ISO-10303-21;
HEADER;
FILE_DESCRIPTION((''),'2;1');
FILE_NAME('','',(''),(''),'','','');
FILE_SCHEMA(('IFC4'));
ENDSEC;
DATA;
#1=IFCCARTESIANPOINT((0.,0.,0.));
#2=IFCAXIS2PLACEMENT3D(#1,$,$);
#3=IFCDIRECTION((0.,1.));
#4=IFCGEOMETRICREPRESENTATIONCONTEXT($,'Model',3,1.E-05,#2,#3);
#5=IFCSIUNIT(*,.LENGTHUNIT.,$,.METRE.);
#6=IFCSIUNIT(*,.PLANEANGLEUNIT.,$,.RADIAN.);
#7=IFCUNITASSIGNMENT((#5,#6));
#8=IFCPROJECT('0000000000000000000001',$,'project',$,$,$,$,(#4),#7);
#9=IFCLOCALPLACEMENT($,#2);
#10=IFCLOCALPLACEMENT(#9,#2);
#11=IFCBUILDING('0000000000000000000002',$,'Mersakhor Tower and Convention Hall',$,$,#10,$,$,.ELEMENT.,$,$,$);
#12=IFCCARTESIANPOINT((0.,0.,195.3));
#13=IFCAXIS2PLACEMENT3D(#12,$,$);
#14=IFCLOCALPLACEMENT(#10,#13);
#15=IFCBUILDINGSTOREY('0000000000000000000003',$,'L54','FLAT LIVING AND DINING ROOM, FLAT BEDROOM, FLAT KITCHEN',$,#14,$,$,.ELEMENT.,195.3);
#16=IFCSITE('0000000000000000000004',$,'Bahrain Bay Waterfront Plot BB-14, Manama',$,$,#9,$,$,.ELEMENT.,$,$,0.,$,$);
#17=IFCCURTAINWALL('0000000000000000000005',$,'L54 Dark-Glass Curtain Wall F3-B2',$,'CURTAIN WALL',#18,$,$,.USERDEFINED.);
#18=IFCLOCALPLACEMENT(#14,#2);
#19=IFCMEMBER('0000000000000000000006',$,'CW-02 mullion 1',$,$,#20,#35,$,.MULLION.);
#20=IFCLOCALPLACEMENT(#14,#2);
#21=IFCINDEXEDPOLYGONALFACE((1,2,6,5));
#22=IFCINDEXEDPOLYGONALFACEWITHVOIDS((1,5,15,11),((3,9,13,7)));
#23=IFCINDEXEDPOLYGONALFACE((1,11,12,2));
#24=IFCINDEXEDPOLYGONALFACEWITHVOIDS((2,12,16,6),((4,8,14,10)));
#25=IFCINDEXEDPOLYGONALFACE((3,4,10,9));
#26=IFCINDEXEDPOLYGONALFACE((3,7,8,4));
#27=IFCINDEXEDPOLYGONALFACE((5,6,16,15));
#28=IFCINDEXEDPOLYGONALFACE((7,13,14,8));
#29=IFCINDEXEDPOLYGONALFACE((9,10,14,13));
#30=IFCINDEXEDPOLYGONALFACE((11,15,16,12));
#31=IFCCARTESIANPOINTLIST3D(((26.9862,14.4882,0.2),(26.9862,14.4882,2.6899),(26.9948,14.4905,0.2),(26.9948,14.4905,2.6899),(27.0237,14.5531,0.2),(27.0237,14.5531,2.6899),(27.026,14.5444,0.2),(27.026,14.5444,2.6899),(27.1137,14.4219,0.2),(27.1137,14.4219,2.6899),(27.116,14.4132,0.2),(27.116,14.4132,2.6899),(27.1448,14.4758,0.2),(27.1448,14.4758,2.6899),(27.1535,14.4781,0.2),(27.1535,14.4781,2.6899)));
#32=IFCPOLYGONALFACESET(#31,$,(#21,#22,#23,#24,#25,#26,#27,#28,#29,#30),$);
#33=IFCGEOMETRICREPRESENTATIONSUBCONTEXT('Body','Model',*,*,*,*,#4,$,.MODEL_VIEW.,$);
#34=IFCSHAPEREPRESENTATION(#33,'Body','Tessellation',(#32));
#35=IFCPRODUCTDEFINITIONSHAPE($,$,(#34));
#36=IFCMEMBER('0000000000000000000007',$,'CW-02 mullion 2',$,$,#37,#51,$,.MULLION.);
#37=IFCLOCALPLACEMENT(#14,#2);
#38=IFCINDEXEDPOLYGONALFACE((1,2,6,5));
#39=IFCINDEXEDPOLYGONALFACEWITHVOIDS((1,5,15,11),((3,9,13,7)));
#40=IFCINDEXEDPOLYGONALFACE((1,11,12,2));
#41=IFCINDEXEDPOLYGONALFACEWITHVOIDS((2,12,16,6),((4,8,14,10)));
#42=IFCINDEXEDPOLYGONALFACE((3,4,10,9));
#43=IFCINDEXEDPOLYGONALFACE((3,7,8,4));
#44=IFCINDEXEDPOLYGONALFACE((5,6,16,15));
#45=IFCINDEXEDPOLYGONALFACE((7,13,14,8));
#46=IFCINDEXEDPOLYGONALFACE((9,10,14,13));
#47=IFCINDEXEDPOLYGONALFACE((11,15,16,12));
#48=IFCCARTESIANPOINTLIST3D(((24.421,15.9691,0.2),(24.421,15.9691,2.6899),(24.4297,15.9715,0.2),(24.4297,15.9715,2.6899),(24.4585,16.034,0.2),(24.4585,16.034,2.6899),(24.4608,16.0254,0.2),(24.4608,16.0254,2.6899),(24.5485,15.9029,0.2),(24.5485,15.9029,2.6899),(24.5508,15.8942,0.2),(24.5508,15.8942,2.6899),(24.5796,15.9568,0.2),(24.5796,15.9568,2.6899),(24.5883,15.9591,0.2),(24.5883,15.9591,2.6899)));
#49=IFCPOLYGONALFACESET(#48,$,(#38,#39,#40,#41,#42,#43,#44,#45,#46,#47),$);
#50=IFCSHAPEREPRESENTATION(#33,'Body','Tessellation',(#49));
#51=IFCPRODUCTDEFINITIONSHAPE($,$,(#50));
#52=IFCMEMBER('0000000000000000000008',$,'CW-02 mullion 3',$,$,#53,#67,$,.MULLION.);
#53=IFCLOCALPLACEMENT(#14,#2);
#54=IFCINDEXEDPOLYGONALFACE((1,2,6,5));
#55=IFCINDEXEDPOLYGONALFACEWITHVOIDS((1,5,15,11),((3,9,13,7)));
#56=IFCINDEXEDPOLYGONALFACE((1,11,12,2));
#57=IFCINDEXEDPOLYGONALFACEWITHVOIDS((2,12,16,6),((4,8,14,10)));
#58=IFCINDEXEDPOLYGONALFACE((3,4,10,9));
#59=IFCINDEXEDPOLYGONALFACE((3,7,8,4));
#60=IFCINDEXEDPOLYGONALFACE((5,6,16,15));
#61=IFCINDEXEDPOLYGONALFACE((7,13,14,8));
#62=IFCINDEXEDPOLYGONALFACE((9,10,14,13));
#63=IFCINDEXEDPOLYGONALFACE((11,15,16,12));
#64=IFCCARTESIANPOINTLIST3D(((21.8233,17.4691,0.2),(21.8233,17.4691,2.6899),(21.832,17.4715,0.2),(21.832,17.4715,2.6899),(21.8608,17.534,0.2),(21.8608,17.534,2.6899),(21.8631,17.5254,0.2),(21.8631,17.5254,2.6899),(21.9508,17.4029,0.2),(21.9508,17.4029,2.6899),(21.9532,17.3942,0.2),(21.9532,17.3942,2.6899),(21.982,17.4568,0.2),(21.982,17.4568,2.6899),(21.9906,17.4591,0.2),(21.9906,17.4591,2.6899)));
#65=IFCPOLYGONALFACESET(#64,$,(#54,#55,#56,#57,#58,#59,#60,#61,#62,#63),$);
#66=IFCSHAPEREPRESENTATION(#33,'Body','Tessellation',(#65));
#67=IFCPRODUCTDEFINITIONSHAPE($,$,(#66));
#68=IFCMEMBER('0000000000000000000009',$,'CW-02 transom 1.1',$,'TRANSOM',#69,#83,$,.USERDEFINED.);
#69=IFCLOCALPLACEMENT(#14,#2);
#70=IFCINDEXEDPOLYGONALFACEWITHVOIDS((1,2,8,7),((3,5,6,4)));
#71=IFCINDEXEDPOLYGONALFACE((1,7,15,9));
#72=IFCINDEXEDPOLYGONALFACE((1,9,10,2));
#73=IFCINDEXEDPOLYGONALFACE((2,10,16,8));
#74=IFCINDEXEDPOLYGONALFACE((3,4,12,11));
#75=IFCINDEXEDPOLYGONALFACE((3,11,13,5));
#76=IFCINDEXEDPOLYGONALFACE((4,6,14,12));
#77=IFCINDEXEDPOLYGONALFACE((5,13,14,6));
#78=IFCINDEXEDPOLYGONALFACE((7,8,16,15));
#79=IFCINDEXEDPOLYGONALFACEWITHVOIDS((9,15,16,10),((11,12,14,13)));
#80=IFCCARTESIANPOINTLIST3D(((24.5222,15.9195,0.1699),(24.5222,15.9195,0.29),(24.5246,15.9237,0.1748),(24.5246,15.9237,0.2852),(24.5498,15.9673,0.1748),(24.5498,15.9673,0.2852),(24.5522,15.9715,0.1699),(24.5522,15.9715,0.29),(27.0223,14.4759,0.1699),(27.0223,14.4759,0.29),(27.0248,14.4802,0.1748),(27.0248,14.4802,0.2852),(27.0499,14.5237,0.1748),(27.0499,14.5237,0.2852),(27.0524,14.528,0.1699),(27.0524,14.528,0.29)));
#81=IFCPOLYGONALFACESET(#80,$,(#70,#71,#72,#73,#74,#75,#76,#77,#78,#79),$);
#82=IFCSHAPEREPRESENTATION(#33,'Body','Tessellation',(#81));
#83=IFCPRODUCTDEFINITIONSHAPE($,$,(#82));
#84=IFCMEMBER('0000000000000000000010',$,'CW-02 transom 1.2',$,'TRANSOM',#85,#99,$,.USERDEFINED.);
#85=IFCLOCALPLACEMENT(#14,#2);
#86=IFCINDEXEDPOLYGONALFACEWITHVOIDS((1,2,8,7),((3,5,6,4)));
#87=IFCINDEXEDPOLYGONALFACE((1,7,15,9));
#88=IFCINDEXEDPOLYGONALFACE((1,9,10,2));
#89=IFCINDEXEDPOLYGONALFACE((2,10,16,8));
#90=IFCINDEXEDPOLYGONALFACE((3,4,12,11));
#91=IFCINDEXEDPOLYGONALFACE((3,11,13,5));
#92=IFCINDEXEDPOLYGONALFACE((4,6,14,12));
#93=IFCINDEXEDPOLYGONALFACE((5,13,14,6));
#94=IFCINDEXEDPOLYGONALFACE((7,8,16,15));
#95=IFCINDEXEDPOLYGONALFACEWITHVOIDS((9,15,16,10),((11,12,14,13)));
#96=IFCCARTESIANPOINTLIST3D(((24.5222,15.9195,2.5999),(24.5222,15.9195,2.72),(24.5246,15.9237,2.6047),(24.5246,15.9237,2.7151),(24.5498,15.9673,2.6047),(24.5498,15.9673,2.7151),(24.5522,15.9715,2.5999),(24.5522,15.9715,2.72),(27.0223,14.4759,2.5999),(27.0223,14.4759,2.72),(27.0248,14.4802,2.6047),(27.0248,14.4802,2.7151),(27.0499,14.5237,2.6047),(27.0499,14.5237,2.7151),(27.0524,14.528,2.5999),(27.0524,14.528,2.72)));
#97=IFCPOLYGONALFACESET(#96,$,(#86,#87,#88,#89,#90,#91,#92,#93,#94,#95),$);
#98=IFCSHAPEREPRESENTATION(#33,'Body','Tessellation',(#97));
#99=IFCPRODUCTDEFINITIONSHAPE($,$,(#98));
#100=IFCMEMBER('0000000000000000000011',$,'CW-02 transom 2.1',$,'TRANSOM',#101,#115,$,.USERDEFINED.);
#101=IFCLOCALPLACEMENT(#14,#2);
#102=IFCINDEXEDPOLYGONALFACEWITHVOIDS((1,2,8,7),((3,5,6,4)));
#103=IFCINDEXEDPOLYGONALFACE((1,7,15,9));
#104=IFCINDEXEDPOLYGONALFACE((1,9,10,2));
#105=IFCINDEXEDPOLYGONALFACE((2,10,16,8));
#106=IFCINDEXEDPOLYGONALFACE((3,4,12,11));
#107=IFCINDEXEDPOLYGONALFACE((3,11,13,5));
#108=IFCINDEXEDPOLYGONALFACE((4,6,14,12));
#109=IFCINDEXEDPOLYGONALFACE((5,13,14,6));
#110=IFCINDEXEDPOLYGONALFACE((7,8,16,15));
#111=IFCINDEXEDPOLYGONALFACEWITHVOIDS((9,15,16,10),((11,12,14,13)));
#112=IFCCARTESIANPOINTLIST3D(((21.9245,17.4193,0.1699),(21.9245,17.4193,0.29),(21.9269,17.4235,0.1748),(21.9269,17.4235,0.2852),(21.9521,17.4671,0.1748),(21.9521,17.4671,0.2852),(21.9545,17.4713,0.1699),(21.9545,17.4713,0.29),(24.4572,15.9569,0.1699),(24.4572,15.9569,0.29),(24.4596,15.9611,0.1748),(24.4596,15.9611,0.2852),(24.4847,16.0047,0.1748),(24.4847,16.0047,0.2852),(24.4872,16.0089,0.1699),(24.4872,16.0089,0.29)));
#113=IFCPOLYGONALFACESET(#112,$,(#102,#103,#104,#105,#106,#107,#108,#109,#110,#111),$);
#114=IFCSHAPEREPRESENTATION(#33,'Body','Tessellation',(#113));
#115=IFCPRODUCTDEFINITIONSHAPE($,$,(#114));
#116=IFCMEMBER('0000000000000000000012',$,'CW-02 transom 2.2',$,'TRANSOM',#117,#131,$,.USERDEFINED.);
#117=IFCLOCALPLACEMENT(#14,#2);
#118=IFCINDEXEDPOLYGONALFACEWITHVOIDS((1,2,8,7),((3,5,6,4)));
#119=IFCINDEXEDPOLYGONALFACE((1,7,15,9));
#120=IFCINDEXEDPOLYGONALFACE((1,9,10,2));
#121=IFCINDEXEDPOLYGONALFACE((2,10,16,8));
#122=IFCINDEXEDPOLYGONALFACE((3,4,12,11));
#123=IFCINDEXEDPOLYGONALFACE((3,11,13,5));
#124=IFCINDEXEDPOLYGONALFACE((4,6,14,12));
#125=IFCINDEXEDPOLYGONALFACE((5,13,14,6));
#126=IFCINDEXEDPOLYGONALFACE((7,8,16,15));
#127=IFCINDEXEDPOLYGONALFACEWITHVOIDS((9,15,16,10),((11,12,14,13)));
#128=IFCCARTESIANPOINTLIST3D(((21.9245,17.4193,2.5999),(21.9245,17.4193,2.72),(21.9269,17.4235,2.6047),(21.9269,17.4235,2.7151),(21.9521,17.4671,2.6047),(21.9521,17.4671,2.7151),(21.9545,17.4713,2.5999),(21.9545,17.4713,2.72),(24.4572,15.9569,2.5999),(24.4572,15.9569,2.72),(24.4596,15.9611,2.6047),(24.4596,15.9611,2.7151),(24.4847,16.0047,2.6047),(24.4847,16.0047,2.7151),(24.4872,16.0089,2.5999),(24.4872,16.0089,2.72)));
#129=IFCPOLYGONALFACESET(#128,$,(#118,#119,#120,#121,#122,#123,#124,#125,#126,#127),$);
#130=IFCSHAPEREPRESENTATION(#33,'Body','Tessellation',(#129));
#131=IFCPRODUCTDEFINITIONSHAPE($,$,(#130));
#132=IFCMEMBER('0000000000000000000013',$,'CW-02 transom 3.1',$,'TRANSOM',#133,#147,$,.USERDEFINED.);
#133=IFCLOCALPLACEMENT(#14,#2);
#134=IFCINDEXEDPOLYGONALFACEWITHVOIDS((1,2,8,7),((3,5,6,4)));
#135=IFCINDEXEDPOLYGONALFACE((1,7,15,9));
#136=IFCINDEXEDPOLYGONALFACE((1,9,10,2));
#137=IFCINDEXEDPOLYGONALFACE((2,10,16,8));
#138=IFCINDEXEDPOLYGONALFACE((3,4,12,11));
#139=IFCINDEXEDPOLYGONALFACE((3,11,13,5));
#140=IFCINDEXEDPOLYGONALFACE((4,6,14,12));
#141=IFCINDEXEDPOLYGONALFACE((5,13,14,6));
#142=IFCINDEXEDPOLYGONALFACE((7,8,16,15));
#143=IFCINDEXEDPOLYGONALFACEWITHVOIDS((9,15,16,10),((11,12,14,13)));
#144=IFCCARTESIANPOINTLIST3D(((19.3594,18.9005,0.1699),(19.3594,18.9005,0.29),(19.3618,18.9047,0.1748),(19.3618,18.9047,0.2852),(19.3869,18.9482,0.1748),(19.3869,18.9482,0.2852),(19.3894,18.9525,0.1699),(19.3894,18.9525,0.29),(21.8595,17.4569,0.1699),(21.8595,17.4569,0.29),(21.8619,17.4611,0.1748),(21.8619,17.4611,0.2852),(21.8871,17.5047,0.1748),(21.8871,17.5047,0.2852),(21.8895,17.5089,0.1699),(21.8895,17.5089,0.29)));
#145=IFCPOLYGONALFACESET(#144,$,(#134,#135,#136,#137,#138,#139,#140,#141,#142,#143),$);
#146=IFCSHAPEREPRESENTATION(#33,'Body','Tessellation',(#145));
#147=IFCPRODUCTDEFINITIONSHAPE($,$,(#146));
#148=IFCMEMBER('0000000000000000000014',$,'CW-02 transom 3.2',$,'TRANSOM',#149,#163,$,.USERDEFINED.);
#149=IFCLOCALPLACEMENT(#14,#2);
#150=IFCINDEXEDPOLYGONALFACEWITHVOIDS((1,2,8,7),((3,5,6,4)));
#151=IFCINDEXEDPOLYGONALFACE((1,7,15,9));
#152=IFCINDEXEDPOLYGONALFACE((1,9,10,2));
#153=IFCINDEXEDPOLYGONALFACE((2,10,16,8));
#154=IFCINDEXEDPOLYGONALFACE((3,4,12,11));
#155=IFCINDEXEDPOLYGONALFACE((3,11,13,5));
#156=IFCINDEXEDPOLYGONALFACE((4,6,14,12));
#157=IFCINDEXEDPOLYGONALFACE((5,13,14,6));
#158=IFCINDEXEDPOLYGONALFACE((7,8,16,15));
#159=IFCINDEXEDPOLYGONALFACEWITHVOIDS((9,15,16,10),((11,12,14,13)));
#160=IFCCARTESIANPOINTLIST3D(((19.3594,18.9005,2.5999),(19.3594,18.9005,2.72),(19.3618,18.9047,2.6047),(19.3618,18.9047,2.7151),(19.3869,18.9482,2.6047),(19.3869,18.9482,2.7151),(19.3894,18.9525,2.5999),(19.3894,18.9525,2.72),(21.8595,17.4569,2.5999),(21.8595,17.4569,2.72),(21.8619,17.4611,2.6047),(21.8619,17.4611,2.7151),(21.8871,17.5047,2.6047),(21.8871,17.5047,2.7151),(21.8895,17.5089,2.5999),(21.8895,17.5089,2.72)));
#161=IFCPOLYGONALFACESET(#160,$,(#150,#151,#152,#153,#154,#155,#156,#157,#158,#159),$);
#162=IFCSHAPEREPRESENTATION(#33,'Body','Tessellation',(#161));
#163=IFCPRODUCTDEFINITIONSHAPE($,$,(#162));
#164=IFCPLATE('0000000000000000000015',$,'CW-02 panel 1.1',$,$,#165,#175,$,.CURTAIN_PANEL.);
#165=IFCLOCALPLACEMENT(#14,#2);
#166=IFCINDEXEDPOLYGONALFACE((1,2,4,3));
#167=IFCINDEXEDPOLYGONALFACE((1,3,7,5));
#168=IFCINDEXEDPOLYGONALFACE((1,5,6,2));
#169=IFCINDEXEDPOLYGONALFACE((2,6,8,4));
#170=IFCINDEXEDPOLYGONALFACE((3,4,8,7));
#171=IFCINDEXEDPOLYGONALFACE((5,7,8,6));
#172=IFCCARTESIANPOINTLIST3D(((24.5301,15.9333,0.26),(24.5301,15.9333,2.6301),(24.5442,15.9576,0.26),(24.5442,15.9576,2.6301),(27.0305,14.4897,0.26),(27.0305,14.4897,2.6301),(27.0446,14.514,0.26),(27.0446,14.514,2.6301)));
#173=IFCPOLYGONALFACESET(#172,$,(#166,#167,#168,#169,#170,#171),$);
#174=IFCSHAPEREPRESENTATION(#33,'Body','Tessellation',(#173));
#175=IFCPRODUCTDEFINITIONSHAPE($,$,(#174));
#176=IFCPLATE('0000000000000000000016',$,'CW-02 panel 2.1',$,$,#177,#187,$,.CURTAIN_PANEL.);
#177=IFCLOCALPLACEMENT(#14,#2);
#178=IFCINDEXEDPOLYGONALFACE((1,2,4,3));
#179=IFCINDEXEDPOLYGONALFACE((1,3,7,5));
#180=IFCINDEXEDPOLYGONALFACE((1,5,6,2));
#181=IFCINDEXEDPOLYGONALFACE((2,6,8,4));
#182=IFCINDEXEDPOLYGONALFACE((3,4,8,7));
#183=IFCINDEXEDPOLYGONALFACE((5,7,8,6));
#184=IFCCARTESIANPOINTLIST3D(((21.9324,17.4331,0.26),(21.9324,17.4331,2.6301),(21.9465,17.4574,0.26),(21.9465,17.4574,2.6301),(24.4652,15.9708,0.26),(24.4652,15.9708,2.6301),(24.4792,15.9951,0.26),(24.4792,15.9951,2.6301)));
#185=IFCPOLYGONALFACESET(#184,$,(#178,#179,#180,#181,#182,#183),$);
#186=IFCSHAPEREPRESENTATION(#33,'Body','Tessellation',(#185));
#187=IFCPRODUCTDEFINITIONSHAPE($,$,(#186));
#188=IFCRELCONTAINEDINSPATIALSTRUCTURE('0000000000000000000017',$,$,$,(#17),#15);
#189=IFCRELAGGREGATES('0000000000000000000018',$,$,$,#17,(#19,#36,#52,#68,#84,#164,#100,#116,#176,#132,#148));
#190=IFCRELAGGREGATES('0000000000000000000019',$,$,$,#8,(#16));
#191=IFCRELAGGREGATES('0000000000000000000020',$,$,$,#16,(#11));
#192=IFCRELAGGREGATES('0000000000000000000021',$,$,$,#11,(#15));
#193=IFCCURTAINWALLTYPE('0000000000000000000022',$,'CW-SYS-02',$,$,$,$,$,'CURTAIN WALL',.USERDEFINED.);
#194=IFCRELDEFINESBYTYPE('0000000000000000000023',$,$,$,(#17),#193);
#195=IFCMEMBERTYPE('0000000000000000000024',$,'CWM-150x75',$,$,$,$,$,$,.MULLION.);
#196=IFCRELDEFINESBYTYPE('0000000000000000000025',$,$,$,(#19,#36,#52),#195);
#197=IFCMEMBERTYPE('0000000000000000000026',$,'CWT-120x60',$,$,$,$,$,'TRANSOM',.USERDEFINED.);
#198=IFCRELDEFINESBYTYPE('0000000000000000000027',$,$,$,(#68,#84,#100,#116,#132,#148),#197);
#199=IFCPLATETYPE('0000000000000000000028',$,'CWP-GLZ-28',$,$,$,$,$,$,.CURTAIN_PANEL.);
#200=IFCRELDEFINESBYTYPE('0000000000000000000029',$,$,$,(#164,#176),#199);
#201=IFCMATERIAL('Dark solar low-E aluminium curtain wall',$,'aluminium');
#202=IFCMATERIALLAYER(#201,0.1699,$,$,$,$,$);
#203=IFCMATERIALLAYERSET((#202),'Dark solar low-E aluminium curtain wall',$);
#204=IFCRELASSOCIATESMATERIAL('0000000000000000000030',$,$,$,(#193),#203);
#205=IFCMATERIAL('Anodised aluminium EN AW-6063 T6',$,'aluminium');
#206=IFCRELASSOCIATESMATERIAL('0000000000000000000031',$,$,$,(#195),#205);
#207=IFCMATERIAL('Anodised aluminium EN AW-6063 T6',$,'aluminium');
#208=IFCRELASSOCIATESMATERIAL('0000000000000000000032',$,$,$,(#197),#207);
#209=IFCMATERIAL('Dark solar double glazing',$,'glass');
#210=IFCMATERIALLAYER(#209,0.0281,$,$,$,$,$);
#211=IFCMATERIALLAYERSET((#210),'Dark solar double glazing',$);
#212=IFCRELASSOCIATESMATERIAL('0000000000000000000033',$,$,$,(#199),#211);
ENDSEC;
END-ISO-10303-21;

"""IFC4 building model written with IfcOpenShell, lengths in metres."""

from ifc_helpers import new_model, si_unit, direction, frame, origin, origin_2d, place, context, subcontext, project, spatial, rectangle, hollow_rectangle, extrude, material, layer, layer_set, material_profile, profile_set, type_object, element, aggregate, save


model = new_model("IFC4")

# Units and contexts
model_context = context("Model", 3, precision=1e-05, world=origin(), true_north=direction((0.0, 1.0)))
body_context = subcontext(model_context, "Body", "Model", "MODEL_VIEW")
ifc_project = project(units=[si_unit("LENGTHUNIT", "METRE"), si_unit("PLANEANGLEUNIT", "RADIAN")], contexts=[model_context])

# Site, building, storey
site_placement = place(None, origin())
site = spatial("IfcSite", under=ifc_project, at=site_placement, Name="Bahrain Bay Waterfront Plot BB-14, Manama", CompositionType="ELEMENT", RefElevation=0.0)
building_placement = place(site_placement, origin())
building = spatial("IfcBuilding", under=site, at=building_placement, Name="Mersakhor Tower and Convention Hall", CompositionType="ELEMENT")
storey_placement = place(building_placement, frame((0.0, 0.0, 195.3)))
storey = spatial("IfcBuildingStorey", under=building, at=storey_placement, Name="L54", Description="FLAT LIVING AND DINING ROOM, FLAT BEDROOM, FLAT KITCHEN", CompositionType="ELEMENT", Elevation=195.3)

# Curtain wall, members, plates
ifc_material_1 = material(Name="Dark solar low-E aluminium curtain wall", Category="aluminium")
ifc_layer_1 = layer(ifc_material_1, 0.1699)
ifc_layer_set_1 = layer_set([ifc_layer_1], Name="Dark solar low-E aluminium curtain wall")
curtain_wall_type = type_object("IfcCurtainWallType", Name="CW-SYS-02", ElementType="CURTAIN WALL", PredefinedType="USERDEFINED", material=ifc_layer_set_1)
curtain_wall_placement = place(storey_placement, origin())
curtain_wall = element("IfcCurtainWall", 1, at=curtain_wall_placement, inside=storey, type_object=curtain_wall_type, Name="L54 Dark-Glass Curtain Wall F3-B2", ObjectType="CURTAIN WALL", PredefinedType="USERDEFINED")
ifc_material_2 = material(Name="Anodised aluminium EN AW-6063 T6", Category="aluminium")
ifc_material_profile_1 = material_profile(ifc_material_2, hollow_rectangle(XDim=0.075, YDim=0.1499, WallThickness=0.0063, at=origin_2d()), Name="RHS 150x75x6.3")
ifc_profile_set_1 = profile_set([ifc_material_profile_1], Name="Anodised aluminium EN AW-6063 T6")
member_type_1 = type_object("IfcMemberType", Name="CWM-150x75", PredefinedType="MULLION", material=ifc_profile_set_1)
member_1_placement = place(storey_placement, frame((27.0698, 14.4832, 0.2), z_axis=(0.0, 0.0, 1.0), x_axis=(-0.500008, -0.866021, 0.0)))
member_1 = element("IfcMember", 2, at=member_1_placement, type_object=member_type_1, Name="CW-02 mullion 1", PredefinedType="MULLION", context=body_context, shape_type="SweptSolid", body=[
    extrude(hollow_rectangle(XDim=0.075, YDim=0.1499, WallThickness=0.0063, at=origin_2d()), origin(), (0.0, 0.0, 1.0), 2.49),
])
member_2_placement = place(storey_placement, frame((24.5046, 15.9641, 0.2), z_axis=(0.0, 0.0, 1.0), x_axis=(-0.500008, -0.866021, 0.0)))
member_2 = element("IfcMember", 3, at=member_2_placement, type_object=member_type_1, Name="CW-02 mullion 2", PredefinedType="MULLION", context=body_context, shape_type="SweptSolid", body=[
    extrude(hollow_rectangle(XDim=0.075, YDim=0.1499, WallThickness=0.0063, at=origin_2d()), origin(), (0.0, 0.0, 1.0), 2.49),
])
member_3_placement = place(storey_placement, frame((21.907, 17.4641, 0.2), z_axis=(0.0, 0.0, 1.0), x_axis=(-0.500008, -0.866021, 0.0)))
member_3 = element("IfcMember", 4, at=member_3_placement, type_object=member_type_1, Name="CW-02 mullion 3", PredefinedType="MULLION", context=body_context, shape_type="SweptSolid", body=[
    extrude(hollow_rectangle(XDim=0.075, YDim=0.1499, WallThickness=0.0063, at=origin_2d()), origin(), (0.0, 0.0, 1.0), 2.49),
])
ifc_material_3 = material(Name="Anodised aluminium EN AW-6063 T6", Category="aluminium")
ifc_material_profile_2 = material_profile(ifc_material_3, hollow_rectangle(XDim=0.0601, YDim=0.1201, WallThickness=0.0049, at=origin_2d()), Name="RHS 120x60x5")
ifc_profile_set_2 = profile_set([ifc_material_profile_2], Name="Anodised aluminium EN AW-6063 T6")
member_type_2 = type_object("IfcMemberType", Name="CWT-120x60", ElementType="TRANSOM", PredefinedType="USERDEFINED", material=ifc_profile_set_2)
member_4_placement = place(storey_placement, frame((27.0374, 14.502, 0.23), z_axis=(-0.866012, 0.500023, 0.0), x_axis=(-0.500023, -0.866012, 0.0)))
member_4 = element("IfcMember", 5, at=member_4_placement, type_object=member_type_2, Name="CW-02 transom 1.1", ObjectType="TRANSOM", PredefinedType="USERDEFINED", context=body_context, shape_type="SweptSolid", body=[
    extrude(hollow_rectangle(XDim=0.0601, YDim=0.1201, WallThickness=0.0049, at=origin_2d()), origin(), (0.0, 0.0, 1.0), 2.887),
])
member_5_placement = place(storey_placement, frame((27.0374, 14.502, 2.6599), z_axis=(-0.866012, 0.500023, 0.0), x_axis=(-0.500023, -0.866012, 0.0)))
member_5 = element("IfcMember", 6, at=member_5_placement, type_object=member_type_2, Name="CW-02 transom 1.2", ObjectType="TRANSOM", PredefinedType="USERDEFINED", context=body_context, shape_type="SweptSolid", body=[
    extrude(hollow_rectangle(XDim=0.0601, YDim=0.1201, WallThickness=0.0049, at=origin_2d()), origin(), (0.0, 0.0, 1.0), 2.887),
])
member_6_placement = place(storey_placement, frame((24.4722, 15.9829, 0.23), z_axis=(-0.866005, 0.500036, 0.0), x_axis=(-0.500036, -0.866005, 0.0)))
member_6 = element("IfcMember", 7, at=member_6_placement, type_object=member_type_2, Name="CW-02 transom 2.1", ObjectType="TRANSOM", PredefinedType="USERDEFINED", context=body_context, shape_type="SweptSolid", body=[
    extrude(hollow_rectangle(XDim=0.0601, YDim=0.1201, WallThickness=0.0049, at=origin_2d()), origin(), (0.0, 0.0, 1.0), 2.9246),
])
member_7_placement = place(storey_placement, frame((24.4722, 15.9829, 2.6599), z_axis=(-0.866005, 0.500036, 0.0), x_axis=(-0.500036, -0.866005, 0.0)))
member_7 = element("IfcMember", 8, at=member_7_placement, type_object=member_type_2, Name="CW-02 transom 2.2", ObjectType="TRANSOM", PredefinedType="USERDEFINED", context=body_context, shape_type="SweptSolid", body=[
    extrude(hollow_rectangle(XDim=0.0601, YDim=0.1201, WallThickness=0.0049, at=origin_2d()), origin(), (0.0, 0.0, 1.0), 2.9246),
])
member_8_placement = place(storey_placement, frame((21.8745, 17.4829, 0.23), z_axis=(-0.866012, 0.500023, 0.0), x_axis=(-0.500023, -0.866012, 0.0)))
member_8 = element("IfcMember", 9, at=member_8_placement, type_object=member_type_2, Name="CW-02 transom 3.1", ObjectType="TRANSOM", PredefinedType="USERDEFINED", context=body_context, shape_type="SweptSolid", body=[
    extrude(hollow_rectangle(XDim=0.0601, YDim=0.1201, WallThickness=0.0049, at=origin_2d()), origin(), (0.0, 0.0, 1.0), 2.887),
])
member_9_placement = place(storey_placement, frame((21.8745, 17.4829, 2.6599), z_axis=(-0.866012, 0.500023, 0.0), x_axis=(-0.500023, -0.866012, 0.0)))
member_9 = element("IfcMember", 10, at=member_9_placement, type_object=member_type_2, Name="CW-02 transom 3.2", ObjectType="TRANSOM", PredefinedType="USERDEFINED", context=body_context, shape_type="SweptSolid", body=[
    extrude(hollow_rectangle(XDim=0.0601, YDim=0.1201, WallThickness=0.0049, at=origin_2d()), origin(), (0.0, 0.0, 1.0), 2.887),
])
ifc_material_4 = material(Name="Dark solar double glazing", Category="glass")
ifc_layer_2 = layer(ifc_material_4, 0.0281)
ifc_layer_set_2 = layer_set([ifc_layer_2], Name="Dark solar double glazing")
plate_type_1 = type_object("IfcPlateType", Name="CWP-GLZ-28", PredefinedType="CURTAIN_PANEL", material=ifc_layer_set_2)
plate_1_placement = place(storey_placement, frame((25.7874, 15.2236, 0.26), z_axis=(0.0, 0.0, 1.0), x_axis=(-0.866021, 0.500008, 0.0)))
plate_1 = element("IfcPlate", 11, at=plate_1_placement, type_object=plate_type_1, Name="CW-02 panel 1.1", PredefinedType="CURTAIN_PANEL", context=body_context, shape_type="SweptSolid", body=[
    extrude(rectangle(XDim=2.8872, YDim=0.0281, at=origin_2d()), origin(), (0.0, 0.0, 1.0), 2.3701),
])
plate_2_placement = place(storey_placement, frame((23.2058, 16.7141, 0.26), z_axis=(0.0, 0.0, 1.0), x_axis=(-0.866021, 0.500008, 0.0)))
plate_2 = element("IfcPlate", 12, at=plate_2_placement, type_object=plate_type_1, Name="CW-02 panel 2.1", PredefinedType="CURTAIN_PANEL", context=body_context, shape_type="SweptSolid", body=[
    extrude(rectangle(XDim=2.9246, YDim=0.0281, at=origin_2d()), origin(), (0.0, 0.0, 1.0), 2.3701),
])
aggregate(curtain_wall, [member_1, member_2, member_3, member_4, member_5, plate_1, member_6, member_7, plate_2, member_8, member_9])

save(model, "model.ifc")
